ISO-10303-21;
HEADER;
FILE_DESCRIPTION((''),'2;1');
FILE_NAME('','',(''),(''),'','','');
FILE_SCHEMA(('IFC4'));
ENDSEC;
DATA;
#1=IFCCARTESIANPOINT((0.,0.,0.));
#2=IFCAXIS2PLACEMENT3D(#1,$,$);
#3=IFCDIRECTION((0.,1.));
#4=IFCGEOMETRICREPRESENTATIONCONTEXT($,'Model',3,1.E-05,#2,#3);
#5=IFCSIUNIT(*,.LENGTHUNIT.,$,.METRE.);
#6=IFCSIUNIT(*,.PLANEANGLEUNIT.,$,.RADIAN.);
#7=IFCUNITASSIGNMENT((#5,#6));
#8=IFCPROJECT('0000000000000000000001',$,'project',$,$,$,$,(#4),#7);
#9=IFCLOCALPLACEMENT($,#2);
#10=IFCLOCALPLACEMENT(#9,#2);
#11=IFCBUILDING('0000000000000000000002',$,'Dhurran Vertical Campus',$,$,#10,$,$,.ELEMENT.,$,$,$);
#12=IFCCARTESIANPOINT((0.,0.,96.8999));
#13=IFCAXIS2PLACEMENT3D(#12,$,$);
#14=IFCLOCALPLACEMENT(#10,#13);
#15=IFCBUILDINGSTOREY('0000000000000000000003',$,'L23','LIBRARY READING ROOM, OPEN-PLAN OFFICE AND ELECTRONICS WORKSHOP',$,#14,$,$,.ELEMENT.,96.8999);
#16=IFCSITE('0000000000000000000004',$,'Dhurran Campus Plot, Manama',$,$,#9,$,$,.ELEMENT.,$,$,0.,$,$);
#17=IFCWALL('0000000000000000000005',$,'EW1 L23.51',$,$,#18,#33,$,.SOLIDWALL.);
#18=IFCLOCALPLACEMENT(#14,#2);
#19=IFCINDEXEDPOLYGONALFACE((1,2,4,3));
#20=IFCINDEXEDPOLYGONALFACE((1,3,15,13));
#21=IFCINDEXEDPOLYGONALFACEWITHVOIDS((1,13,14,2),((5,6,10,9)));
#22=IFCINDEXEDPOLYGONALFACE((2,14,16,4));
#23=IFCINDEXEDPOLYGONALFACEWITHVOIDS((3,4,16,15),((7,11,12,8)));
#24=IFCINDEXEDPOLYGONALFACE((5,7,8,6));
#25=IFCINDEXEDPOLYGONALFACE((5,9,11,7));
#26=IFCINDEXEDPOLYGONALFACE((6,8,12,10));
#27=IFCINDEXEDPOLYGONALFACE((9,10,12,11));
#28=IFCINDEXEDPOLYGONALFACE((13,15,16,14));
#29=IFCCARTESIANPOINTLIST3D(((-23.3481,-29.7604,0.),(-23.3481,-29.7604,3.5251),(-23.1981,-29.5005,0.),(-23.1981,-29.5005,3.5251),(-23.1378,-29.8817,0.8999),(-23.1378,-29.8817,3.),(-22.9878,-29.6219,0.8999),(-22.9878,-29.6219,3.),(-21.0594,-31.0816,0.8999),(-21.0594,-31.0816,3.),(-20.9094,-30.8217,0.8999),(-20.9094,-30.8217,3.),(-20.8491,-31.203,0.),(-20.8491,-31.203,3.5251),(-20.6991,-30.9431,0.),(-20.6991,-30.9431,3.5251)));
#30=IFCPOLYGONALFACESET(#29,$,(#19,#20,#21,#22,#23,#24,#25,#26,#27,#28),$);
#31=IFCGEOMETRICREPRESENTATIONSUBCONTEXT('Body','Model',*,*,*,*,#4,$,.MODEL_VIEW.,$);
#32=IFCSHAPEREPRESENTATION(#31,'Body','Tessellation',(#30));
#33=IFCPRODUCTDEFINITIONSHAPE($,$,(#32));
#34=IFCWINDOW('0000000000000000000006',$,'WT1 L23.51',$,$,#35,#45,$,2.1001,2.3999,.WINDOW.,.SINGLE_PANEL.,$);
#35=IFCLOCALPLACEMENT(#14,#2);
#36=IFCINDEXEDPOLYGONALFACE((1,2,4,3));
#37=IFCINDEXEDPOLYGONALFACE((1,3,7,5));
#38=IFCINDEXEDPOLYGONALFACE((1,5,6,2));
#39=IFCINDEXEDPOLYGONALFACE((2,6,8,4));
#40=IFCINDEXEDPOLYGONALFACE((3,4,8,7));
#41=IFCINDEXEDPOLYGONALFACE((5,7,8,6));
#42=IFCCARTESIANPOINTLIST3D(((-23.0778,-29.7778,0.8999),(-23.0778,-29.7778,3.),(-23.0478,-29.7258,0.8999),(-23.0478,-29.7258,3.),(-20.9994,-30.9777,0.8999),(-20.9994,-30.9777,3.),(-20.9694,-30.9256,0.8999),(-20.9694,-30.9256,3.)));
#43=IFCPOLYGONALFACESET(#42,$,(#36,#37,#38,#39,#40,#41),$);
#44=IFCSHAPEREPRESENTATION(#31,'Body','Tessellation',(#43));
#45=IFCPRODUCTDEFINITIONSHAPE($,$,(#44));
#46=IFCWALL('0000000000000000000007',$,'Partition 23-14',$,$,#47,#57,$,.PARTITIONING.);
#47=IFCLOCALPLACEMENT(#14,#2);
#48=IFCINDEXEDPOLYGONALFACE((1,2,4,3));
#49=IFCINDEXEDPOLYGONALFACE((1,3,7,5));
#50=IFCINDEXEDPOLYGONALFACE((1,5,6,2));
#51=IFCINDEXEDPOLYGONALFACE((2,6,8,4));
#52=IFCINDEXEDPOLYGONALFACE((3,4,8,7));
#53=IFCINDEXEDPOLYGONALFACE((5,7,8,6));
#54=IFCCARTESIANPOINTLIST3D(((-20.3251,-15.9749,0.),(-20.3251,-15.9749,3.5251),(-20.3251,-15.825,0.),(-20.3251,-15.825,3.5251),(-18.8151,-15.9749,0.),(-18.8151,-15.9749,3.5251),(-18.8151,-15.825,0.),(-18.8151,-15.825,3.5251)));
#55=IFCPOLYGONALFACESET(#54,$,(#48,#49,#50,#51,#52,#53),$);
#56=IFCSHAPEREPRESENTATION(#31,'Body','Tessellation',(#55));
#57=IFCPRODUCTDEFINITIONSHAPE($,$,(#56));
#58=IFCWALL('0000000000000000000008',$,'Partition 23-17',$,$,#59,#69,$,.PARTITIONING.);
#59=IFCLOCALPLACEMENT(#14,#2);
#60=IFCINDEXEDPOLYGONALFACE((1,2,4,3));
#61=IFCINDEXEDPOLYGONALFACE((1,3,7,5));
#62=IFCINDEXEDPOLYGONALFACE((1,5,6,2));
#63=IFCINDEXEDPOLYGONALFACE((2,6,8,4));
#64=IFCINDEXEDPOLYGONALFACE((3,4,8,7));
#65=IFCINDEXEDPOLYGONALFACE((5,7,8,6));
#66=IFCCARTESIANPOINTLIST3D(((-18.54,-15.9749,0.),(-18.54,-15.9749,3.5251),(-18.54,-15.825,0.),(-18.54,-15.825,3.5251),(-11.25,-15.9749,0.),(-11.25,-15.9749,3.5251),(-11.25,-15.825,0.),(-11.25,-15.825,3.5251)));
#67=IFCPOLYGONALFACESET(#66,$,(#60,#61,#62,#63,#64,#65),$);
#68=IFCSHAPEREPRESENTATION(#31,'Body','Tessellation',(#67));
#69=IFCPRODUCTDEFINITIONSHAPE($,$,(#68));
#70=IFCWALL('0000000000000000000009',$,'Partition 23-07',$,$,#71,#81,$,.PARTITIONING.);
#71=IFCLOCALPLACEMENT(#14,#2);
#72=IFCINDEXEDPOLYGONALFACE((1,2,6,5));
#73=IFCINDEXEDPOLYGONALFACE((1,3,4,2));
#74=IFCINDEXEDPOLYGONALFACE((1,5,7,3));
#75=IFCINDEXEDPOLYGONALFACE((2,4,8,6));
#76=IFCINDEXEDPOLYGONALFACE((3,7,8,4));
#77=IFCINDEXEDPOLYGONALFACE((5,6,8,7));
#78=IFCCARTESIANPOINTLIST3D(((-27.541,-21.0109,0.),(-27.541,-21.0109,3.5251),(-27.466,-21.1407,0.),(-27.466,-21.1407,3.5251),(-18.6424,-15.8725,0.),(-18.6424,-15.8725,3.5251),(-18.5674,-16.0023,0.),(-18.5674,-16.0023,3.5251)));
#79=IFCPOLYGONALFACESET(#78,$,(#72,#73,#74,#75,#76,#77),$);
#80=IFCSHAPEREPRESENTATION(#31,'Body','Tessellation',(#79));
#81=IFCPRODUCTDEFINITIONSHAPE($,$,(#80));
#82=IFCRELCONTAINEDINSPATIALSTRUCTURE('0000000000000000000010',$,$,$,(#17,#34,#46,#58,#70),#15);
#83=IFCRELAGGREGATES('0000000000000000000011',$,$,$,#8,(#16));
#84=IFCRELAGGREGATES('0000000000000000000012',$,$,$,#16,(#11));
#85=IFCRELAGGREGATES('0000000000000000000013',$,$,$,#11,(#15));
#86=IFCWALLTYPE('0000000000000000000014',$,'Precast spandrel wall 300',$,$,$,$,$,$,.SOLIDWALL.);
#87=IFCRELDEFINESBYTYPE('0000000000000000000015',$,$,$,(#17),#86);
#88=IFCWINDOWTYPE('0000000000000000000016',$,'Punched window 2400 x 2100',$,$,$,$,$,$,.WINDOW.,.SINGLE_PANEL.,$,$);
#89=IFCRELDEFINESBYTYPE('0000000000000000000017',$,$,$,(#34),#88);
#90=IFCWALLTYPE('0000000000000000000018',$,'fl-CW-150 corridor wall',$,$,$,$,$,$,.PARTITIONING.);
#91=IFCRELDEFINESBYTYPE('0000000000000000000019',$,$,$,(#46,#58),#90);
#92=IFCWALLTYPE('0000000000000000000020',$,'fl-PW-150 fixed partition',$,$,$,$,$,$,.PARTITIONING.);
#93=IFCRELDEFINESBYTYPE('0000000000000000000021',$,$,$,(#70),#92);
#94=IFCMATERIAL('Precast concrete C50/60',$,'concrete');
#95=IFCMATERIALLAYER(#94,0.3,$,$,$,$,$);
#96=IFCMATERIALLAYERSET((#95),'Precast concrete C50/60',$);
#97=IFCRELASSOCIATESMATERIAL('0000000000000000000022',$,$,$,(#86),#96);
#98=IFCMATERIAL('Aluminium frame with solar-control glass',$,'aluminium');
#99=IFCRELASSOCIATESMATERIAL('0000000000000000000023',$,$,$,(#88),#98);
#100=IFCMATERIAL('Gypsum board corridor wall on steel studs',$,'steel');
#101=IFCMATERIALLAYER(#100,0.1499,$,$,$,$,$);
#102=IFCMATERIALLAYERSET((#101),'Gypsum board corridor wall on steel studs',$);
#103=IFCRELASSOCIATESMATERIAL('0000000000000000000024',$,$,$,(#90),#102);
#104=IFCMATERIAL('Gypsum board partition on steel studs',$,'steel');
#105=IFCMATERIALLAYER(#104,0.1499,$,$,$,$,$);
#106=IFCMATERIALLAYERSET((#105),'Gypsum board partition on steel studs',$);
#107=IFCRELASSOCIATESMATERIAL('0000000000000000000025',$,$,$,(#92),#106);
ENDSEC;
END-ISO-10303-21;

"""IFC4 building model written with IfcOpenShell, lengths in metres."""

from ifc_helpers import new_model, si_unit, direction, frame, frame_2d, origin, place, context, subcontext, project, spatial, rectangle, extrude, material, layer, layer_set, type_object, element, fill, save


model = new_model("IFC4")

# Units and contexts
model_context = context("Model", 3, precision=1e-05, world=origin(), true_north=direction((0.0, 1.0)))
body_context = subcontext(model_context, "Body", "Model", "MODEL_VIEW")
ifc_project = project(units=[si_unit("LENGTHUNIT", "METRE"), si_unit("PLANEANGLEUNIT", "RADIAN")], contexts=[model_context])

# Site, building, storey
site_placement = place(None, origin())
site = spatial("IfcSite", under=ifc_project, at=site_placement, Name="Dhurran Campus Plot, Manama", CompositionType="ELEMENT", RefElevation=0.0)
building_placement = place(site_placement, origin())
building = spatial("IfcBuilding", under=site, at=building_placement, Name="Dhurran Vertical Campus", CompositionType="ELEMENT")
storey_placement = place(building_placement, frame((0.0, 0.0, 96.8999)))
storey = spatial("IfcBuildingStorey", under=building, at=storey_placement, Name="L23", Description="LIBRARY READING ROOM, OPEN-PLAN OFFICE AND ELECTRONICS WORKSHOP", CompositionType="ELEMENT", Elevation=96.8999)

# Wall, opening, window
ifc_material_1 = material(Name="Precast concrete C50/60", Category="concrete")
ifc_layer_1 = layer(ifc_material_1, 0.3)
ifc_layer_set_1 = layer_set([ifc_layer_1], Name="Precast concrete C50/60")
wall_type_1 = type_object("IfcWallType", Name="Precast spandrel wall 300", PredefinedType="SOLIDWALL", material=ifc_layer_set_1)
ifc_material_2 = material(Name="Aluminium frame with solar-control glass", Category="aluminium")
window_type = type_object("IfcWindowType", Name="Punched window 2400 x 2100", PartitioningType="SINGLE_PANEL", PredefinedType="WINDOW", material=ifc_material_2)
wall_1_placement = place(storey_placement, frame((-23.2732, -29.6304, 0.0), z_axis=(0.0, 0.0, 1.0), x_axis=(0.866053, -0.499952, 0.0)))
wall_1 = element("IfcWall", 1, at=wall_1_placement, inside=storey, type_object=wall_type_1, Name="EW1 L23.51", PredefinedType="SOLIDWALL", context=body_context, shape_type="SweptSolid", body=[
    extrude(rectangle(XDim=2.8855, YDim=0.3, at=frame_2d((1.4429, 0.0))), origin(), (0.0, 0.0, 1.0), 3.5251),
])
opening_1_placement = place(wall_1_placement, frame((0.2429, 0.0, 0.8999)))
opening_1 = element("IfcOpeningElement", 2, at=opening_1_placement, cuts=wall_1, PredefinedType="OPENING", context=body_context, shape_type="SweptSolid", body=[
    extrude(rectangle(XDim=2.3999, YDim=2.1001, at=frame_2d((1.2, 1.05))), frame((0.0, 0.1599, 0.0), z_axis=(0.0, -1.0, 0.0), x_axis=(1.0, 0.0, 0.0)), (0.0, 0.0, 1.0), 0.3201),
])
window_1_placement = place(opening_1_placement, origin())
window_1 = element("IfcWindow", 3, at=window_1_placement, inside=storey, type_object=window_type, Name="WT1 L23.51", OverallHeight=2.1001, OverallWidth=2.3999, PartitioningType="SINGLE_PANEL", PredefinedType="WINDOW", context=body_context, shape_type="SweptSolid", body=[
    extrude(rectangle(XDim=2.3999, YDim=2.1001, at=frame_2d((1.2, 1.05))), frame((0.0, 0.03, 0.0), z_axis=(0.0, -1.0, 0.0), x_axis=(1.0, 0.0, 0.0)), (0.0, 0.0, 1.0), 0.0601),
])
fill(opening_1, window_1)

# Walls
ifc_material_3 = material(Name="Gypsum board corridor wall on steel studs", Category="steel")
ifc_layer_2 = layer(ifc_material_3, 0.1499)
ifc_layer_set_2 = layer_set([ifc_layer_2], Name="Gypsum board corridor wall on steel studs")
wall_type_2 = type_object("IfcWallType", Name="fl-CW-150 corridor wall", PredefinedType="PARTITIONING", material=ifc_layer_set_2)
wall_2_placement = place(storey_placement, frame((-20.325, -15.8999, 0.0), z_axis=(0.0, 0.0, 1.0), x_axis=(1.0, 0.0, 0.0)))
element("IfcWall", 4, at=wall_2_placement, inside=storey, type_object=wall_type_2, Name="Partition 23-14", PredefinedType="PARTITIONING", context=body_context, shape_type="SweptSolid", body=[
    extrude(rectangle(XDim=1.51, YDim=0.1499, at=frame_2d((0.7549, 0.0))), origin(), (0.0, 0.0, 1.0), 3.5251),
])
wall_3_placement = place(storey_placement, frame((-18.54, -15.8999, 0.0), z_axis=(0.0, 0.0, 1.0), x_axis=(1.0, 0.0, 0.0)))
element("IfcWall", 5, at=wall_3_placement, inside=storey, type_object=wall_type_2, Name="Partition 23-17", PredefinedType="PARTITIONING", context=body_context, shape_type="SweptSolid", body=[
    extrude(rectangle(XDim=7.29, YDim=0.1499, at=frame_2d((3.645, 0.0))), origin(), (0.0, 0.0, 1.0), 3.5251),
])
ifc_material_4 = material(Name="Gypsum board partition on steel studs", Category="steel")
ifc_layer_3 = layer(ifc_material_4, 0.1499)
ifc_layer_set_3 = layer_set([ifc_layer_3], Name="Gypsum board partition on steel studs")
wall_type_3 = type_object("IfcWallType", Name="fl-PW-150 fixed partition", PredefinedType="PARTITIONING", material=ifc_layer_set_3)
wall_4_placement = place(storey_placement, frame((-18.605, -15.9375, 0.0), z_axis=(0.0, 0.0, 1.0), x_axis=(-0.865993, -0.500056, 0.0)))
element("IfcWall", 6, at=wall_4_placement, inside=storey, type_object=wall_type_3, Name="Partition 23-07", PredefinedType="PARTITIONING", context=body_context, shape_type="SweptSolid", body=[
    extrude(rectangle(XDim=10.2756, YDim=0.1499, at=frame_2d((5.1377, 0.0))), origin(), (0.0, 0.0, 1.0), 3.5251),
])

save(model, "model.ifc")
